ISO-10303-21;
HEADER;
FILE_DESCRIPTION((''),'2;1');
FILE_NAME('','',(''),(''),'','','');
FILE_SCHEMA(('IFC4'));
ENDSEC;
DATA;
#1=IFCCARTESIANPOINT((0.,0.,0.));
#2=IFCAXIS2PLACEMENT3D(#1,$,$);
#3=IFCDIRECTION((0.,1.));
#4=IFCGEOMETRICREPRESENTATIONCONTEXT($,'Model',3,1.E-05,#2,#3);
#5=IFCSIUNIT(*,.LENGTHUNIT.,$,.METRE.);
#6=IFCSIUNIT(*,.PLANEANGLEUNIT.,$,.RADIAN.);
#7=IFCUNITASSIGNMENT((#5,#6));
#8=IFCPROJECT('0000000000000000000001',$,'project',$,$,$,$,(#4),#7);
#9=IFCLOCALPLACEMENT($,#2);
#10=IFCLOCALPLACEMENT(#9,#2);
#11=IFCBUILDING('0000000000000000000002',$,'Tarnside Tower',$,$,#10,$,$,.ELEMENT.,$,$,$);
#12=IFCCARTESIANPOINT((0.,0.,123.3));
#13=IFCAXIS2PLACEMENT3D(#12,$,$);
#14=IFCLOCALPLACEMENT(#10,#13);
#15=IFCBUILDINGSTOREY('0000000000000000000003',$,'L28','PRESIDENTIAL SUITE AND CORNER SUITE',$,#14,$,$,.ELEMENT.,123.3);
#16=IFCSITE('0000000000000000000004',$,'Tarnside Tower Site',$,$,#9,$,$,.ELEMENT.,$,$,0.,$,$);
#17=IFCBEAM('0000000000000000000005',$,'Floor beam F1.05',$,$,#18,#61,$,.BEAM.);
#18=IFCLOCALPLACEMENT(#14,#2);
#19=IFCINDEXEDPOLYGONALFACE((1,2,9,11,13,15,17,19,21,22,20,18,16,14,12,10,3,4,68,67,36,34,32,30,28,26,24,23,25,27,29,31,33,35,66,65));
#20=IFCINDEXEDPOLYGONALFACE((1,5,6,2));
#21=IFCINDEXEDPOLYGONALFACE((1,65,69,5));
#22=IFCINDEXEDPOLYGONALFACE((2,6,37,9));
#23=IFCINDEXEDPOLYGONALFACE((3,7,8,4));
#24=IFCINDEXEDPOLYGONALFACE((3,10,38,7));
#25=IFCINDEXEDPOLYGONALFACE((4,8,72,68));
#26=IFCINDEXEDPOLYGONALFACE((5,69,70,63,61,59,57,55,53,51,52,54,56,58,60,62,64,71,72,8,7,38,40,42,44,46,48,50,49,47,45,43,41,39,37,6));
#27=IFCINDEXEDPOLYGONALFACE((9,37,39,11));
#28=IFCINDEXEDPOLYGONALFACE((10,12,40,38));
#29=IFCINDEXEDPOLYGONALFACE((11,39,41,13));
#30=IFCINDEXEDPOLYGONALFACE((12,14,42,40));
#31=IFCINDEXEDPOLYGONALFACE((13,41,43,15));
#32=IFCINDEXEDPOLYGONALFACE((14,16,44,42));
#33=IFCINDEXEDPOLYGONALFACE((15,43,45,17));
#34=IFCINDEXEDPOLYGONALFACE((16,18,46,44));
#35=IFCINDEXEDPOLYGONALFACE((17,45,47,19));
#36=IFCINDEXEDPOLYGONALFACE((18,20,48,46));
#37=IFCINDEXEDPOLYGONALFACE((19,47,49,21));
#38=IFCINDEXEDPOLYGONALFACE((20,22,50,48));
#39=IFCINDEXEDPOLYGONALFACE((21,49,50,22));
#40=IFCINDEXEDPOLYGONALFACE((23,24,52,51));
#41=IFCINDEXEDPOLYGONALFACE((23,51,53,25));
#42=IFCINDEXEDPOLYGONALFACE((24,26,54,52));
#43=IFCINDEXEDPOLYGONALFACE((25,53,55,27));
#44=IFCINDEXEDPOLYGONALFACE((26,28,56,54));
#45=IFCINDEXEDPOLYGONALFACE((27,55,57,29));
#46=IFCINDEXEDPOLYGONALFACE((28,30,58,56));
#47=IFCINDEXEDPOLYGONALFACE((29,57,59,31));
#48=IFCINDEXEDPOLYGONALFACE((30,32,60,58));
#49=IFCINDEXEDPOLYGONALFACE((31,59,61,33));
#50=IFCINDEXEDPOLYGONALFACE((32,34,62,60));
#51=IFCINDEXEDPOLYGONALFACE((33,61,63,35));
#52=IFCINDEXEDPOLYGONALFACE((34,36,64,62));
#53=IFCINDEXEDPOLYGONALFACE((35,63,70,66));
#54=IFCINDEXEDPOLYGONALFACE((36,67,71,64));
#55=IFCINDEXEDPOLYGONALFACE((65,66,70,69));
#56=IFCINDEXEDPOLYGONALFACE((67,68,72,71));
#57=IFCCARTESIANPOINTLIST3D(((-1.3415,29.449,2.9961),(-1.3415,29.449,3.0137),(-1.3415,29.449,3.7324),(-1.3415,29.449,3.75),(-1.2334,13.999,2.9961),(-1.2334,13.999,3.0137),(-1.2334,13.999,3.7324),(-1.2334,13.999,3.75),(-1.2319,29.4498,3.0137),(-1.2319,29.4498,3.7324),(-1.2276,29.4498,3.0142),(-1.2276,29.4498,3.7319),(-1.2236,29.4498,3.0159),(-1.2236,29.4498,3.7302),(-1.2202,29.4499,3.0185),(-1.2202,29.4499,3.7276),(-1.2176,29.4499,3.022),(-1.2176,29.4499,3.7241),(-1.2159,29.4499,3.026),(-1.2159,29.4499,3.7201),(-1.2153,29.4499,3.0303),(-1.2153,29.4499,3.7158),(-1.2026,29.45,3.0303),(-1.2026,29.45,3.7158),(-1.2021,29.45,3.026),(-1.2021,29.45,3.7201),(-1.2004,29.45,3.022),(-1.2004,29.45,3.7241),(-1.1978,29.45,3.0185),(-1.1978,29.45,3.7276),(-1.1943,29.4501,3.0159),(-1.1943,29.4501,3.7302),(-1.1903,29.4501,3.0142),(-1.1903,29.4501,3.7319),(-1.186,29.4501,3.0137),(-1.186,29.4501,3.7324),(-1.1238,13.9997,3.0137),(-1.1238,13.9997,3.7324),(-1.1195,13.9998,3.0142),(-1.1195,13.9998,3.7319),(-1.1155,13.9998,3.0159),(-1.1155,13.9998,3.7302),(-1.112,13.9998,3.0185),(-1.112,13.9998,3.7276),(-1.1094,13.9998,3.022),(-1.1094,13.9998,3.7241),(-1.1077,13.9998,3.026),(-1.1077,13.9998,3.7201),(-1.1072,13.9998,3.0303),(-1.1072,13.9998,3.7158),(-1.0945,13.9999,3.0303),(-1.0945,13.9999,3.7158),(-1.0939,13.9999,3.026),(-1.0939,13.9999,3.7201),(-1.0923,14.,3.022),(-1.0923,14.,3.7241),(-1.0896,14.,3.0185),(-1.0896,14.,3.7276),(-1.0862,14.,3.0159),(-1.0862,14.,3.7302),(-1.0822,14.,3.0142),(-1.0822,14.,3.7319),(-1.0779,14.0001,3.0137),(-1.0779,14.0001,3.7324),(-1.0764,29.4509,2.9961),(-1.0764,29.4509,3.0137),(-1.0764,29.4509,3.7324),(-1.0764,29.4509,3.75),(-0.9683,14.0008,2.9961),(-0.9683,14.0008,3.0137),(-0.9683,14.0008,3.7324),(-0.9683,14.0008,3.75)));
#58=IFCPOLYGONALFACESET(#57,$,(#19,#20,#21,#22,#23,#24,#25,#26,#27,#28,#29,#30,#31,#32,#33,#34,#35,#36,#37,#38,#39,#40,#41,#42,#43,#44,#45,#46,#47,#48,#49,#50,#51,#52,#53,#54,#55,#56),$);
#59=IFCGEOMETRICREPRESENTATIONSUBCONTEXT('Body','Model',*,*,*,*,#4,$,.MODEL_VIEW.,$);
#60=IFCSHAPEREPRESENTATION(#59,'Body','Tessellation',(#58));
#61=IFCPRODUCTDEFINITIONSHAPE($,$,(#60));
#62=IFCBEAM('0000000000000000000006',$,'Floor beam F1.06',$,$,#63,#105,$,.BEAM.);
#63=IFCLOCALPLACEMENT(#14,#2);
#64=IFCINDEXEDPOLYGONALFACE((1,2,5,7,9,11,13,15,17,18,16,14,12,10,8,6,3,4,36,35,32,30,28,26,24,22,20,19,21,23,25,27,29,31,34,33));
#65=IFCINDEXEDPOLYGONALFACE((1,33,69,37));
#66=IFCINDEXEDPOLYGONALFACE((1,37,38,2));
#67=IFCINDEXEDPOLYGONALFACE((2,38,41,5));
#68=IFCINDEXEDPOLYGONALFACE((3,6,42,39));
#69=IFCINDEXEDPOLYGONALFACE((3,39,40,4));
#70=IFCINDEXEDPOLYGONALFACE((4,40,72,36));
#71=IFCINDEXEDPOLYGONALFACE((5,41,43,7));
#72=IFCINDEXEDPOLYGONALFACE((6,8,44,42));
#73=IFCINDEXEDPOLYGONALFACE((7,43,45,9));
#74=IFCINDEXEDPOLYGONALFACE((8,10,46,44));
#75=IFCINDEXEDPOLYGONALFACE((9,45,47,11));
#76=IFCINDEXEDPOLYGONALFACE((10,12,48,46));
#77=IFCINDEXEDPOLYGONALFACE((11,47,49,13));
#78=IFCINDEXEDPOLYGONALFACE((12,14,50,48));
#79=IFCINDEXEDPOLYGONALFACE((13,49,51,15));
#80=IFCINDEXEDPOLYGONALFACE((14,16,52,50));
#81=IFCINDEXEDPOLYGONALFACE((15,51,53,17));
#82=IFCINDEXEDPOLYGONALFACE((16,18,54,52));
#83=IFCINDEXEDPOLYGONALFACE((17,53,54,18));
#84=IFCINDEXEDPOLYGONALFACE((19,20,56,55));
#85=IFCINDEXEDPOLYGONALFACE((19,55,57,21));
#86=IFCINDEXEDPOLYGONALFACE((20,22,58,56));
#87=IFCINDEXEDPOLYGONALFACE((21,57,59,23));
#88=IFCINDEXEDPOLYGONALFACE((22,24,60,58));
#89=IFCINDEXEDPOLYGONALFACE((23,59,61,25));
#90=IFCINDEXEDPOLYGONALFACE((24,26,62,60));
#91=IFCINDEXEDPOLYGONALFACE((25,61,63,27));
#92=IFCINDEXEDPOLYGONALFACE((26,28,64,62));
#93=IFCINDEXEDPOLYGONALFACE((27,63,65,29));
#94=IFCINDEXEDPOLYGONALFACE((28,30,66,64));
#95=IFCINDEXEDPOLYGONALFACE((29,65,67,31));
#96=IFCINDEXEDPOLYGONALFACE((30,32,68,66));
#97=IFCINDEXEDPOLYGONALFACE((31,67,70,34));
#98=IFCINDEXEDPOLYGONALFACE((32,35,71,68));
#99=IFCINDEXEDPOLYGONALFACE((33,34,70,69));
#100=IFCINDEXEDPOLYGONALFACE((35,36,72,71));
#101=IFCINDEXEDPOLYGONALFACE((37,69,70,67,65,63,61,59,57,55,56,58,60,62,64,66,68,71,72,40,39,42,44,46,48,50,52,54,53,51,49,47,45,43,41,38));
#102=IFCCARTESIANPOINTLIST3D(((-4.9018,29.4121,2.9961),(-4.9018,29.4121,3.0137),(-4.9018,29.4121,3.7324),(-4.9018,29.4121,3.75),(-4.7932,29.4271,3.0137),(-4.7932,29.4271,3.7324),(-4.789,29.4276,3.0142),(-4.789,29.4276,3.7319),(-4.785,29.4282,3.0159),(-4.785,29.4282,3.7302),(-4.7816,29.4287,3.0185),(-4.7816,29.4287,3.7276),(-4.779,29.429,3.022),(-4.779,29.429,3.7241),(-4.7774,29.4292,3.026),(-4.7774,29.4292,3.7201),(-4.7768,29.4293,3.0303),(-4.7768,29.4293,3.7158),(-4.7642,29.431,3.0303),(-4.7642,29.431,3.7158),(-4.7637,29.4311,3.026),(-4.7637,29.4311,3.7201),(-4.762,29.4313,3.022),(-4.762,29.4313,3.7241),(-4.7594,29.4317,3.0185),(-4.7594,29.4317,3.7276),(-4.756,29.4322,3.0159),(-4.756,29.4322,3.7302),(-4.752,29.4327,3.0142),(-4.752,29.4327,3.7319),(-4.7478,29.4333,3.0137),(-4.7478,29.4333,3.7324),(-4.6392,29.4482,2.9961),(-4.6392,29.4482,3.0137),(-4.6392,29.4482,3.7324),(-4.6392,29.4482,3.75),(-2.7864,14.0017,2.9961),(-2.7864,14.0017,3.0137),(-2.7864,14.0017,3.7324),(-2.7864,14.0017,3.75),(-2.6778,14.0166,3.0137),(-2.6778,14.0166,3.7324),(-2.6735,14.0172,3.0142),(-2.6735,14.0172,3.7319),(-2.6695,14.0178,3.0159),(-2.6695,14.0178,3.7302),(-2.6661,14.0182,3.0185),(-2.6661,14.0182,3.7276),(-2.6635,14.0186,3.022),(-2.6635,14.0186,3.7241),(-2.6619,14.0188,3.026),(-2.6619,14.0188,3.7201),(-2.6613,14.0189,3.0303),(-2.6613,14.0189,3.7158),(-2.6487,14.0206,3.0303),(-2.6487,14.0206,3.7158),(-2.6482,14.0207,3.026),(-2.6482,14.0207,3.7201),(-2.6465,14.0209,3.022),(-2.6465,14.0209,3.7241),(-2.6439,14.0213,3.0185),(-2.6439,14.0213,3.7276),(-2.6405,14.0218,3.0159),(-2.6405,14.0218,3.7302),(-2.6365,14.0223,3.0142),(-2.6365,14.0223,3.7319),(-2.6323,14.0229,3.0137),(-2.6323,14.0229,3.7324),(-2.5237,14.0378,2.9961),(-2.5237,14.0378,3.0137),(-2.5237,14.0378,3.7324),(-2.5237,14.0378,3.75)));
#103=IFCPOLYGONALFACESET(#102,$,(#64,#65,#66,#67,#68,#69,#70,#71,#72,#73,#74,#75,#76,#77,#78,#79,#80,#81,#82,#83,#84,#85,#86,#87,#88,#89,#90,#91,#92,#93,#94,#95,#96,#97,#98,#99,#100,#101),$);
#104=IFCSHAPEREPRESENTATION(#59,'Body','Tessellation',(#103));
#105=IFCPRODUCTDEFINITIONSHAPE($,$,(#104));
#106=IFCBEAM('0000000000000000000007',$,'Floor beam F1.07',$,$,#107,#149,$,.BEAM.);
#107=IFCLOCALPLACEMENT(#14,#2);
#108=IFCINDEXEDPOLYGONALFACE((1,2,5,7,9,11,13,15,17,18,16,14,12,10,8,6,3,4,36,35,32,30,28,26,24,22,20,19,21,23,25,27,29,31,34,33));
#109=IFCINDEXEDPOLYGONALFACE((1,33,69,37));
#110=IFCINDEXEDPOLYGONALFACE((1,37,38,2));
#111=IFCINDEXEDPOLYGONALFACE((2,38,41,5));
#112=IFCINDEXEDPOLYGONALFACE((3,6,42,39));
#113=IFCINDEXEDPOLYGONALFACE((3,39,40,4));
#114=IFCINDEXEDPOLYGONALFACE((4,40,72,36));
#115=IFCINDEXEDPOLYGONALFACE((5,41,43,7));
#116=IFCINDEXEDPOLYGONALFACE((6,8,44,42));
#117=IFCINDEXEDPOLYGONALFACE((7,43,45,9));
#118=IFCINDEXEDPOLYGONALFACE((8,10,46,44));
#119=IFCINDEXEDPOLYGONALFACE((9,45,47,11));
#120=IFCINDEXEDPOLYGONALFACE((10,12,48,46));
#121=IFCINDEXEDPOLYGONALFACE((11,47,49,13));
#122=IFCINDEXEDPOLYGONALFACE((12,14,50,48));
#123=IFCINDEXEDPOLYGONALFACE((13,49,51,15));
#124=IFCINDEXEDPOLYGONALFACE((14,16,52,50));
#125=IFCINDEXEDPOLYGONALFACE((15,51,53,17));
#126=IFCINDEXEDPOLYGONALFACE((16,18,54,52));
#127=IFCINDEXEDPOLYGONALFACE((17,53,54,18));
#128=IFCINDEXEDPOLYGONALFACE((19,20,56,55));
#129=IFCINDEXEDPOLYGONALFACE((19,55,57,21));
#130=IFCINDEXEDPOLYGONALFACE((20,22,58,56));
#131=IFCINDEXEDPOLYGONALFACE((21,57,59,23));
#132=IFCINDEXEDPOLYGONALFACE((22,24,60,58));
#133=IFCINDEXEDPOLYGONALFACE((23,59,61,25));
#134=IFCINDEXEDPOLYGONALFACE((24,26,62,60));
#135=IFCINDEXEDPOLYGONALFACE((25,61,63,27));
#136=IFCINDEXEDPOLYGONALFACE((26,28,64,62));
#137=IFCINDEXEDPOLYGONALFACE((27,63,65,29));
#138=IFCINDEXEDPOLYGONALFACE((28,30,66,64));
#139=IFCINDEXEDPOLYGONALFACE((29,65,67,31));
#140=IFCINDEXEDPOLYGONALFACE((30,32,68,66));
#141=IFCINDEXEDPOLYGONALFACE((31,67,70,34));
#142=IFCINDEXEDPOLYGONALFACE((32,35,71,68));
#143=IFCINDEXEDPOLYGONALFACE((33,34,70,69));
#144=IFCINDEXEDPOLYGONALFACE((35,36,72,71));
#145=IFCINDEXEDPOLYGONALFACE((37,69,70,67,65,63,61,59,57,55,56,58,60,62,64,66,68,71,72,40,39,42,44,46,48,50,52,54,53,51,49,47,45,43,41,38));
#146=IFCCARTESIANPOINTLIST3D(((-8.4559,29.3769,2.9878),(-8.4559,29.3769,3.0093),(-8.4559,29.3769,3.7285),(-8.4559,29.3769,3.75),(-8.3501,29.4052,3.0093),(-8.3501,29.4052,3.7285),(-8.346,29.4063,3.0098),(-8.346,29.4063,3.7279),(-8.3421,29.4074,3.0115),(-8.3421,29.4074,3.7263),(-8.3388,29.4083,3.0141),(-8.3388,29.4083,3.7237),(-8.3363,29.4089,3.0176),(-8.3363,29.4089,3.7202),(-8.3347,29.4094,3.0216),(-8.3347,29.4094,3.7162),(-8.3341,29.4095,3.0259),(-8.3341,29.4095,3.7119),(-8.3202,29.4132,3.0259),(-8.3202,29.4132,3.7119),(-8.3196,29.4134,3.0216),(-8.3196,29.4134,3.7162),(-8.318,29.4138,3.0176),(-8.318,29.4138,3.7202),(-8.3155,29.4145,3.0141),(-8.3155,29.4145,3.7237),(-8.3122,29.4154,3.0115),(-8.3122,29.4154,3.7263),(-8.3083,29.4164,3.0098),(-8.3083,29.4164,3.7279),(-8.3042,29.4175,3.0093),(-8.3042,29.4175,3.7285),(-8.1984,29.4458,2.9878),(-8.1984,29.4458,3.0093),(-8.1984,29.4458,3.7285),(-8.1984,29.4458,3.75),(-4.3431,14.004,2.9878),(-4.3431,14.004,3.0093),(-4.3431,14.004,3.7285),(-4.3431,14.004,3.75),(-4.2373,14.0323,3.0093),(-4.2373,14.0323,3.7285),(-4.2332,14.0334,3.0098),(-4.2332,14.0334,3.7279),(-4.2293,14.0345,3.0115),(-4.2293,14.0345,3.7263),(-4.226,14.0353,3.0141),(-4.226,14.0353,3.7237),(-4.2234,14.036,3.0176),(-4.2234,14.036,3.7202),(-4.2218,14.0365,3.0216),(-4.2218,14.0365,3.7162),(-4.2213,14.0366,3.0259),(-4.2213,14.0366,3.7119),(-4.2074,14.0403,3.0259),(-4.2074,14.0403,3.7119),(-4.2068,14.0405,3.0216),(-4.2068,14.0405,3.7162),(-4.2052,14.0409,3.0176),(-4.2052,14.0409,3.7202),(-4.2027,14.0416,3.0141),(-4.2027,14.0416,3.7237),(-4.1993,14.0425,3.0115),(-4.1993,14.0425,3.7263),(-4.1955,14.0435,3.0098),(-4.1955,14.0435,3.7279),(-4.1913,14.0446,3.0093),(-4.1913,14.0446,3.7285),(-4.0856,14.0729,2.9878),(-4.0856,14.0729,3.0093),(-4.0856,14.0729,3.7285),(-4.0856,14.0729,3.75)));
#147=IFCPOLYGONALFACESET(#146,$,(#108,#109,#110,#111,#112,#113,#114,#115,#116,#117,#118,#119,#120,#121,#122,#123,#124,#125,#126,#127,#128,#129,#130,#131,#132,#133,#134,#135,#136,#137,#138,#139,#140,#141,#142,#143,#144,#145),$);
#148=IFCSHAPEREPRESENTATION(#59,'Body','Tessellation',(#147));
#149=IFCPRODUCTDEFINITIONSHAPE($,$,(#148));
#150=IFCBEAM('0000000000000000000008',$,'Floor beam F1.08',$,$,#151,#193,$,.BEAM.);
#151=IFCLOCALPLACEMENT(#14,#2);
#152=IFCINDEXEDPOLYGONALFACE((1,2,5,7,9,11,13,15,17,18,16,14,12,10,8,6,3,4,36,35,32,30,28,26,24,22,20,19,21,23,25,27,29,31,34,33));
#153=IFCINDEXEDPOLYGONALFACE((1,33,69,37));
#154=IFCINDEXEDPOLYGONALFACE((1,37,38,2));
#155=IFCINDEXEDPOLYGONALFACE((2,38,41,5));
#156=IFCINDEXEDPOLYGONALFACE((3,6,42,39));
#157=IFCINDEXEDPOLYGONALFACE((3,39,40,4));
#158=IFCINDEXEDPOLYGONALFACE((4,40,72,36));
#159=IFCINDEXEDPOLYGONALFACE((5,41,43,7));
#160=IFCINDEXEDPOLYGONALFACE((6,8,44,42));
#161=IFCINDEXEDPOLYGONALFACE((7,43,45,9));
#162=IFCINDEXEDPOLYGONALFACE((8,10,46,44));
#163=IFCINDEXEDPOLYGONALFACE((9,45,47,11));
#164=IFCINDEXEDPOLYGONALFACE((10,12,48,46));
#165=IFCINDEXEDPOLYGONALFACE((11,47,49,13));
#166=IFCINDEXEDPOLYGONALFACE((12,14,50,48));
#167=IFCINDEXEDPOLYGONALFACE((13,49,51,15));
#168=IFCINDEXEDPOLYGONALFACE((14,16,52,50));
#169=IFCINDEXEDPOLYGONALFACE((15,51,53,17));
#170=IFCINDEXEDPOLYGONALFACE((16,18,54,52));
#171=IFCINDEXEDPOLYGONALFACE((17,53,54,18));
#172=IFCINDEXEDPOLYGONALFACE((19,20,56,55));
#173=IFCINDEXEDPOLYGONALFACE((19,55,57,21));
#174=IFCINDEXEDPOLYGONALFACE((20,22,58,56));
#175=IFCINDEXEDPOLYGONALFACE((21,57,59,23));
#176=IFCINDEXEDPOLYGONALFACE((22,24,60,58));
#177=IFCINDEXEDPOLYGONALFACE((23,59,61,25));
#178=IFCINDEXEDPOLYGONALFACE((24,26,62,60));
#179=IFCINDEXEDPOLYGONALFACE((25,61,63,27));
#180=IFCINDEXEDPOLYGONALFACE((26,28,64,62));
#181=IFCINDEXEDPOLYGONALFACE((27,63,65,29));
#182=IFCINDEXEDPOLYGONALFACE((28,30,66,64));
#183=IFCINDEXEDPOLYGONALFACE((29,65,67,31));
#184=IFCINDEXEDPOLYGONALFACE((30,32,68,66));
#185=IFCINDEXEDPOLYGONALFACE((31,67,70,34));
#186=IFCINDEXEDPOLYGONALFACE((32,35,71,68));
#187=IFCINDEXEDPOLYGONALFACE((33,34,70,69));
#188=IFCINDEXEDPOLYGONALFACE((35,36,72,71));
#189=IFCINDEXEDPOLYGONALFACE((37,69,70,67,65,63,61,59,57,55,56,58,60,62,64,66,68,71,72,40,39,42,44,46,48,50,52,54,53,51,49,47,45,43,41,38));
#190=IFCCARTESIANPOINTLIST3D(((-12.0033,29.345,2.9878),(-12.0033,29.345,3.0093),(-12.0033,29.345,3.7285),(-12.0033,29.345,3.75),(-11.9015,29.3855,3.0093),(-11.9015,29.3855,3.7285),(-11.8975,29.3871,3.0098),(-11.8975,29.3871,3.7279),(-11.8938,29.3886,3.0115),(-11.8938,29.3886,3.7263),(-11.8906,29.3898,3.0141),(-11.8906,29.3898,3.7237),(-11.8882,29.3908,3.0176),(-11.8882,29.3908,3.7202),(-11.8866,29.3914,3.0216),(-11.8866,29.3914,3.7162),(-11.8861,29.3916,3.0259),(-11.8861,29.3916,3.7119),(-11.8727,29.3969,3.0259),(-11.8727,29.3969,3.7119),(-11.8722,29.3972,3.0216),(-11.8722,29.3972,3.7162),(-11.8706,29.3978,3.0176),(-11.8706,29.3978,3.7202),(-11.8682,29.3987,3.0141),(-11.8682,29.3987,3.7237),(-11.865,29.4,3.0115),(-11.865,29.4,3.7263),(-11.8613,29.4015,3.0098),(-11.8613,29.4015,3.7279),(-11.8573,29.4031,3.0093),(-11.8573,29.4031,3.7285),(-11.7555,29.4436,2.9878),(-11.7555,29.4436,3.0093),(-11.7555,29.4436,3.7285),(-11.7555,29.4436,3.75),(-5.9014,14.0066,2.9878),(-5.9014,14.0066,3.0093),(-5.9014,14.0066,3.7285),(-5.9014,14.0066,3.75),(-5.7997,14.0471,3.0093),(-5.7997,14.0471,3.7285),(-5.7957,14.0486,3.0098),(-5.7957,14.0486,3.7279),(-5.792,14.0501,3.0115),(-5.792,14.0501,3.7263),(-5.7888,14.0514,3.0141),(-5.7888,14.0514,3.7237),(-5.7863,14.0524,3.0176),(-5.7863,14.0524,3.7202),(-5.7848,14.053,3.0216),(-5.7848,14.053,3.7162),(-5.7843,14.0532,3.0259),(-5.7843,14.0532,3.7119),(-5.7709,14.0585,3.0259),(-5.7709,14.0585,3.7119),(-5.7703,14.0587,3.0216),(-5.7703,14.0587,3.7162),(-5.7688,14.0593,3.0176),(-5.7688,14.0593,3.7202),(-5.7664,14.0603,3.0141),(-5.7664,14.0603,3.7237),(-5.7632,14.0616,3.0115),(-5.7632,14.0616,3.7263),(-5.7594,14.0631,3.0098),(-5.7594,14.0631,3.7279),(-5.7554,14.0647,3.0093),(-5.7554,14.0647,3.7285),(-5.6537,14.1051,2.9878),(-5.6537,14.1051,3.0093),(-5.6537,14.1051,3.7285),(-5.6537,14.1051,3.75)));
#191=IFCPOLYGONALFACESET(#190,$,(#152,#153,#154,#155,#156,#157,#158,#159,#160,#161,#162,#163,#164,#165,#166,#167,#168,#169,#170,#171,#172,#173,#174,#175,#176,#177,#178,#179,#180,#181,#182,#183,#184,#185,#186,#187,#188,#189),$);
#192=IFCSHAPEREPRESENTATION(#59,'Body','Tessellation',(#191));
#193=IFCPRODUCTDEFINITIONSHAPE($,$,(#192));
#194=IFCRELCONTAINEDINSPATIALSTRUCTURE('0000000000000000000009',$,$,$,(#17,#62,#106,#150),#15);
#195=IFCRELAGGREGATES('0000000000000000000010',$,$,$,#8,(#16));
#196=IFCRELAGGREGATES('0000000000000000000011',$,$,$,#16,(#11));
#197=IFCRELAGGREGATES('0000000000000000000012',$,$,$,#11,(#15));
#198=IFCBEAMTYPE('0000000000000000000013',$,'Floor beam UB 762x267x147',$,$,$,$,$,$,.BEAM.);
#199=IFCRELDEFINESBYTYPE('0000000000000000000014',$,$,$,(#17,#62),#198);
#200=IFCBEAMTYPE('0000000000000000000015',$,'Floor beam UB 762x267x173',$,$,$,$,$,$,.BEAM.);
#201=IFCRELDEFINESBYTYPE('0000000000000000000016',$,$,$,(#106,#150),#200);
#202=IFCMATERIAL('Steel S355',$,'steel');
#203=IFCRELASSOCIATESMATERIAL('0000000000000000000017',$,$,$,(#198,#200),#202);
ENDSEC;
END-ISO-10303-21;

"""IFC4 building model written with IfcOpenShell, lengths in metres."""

from ifc_helpers import new_model, si_unit, direction, frame, origin, origin_2d, place, context, subcontext, project, spatial, i_section, extrude, material, material_profile, profile_set, type_object, element, save


model = new_model("IFC4")

# Units and contexts
model_context = context("Model", 3, precision=1e-05, world=origin(), true_north=direction((0.0, 1.0)))
body_context = subcontext(model_context, "Body", "Model", "MODEL_VIEW")
ifc_project = project(units=[si_unit("LENGTHUNIT", "METRE"), si_unit("PLANEANGLEUNIT", "RADIAN")], contexts=[model_context])

# Site, building, storey
site_placement = place(None, origin())
site = spatial("IfcSite", under=ifc_project, at=site_placement, Name="Tarnside Tower Site", CompositionType="ELEMENT", RefElevation=0.0)
building_placement = place(site_placement, origin())
building = spatial("IfcBuilding", under=site, at=building_placement, Name="Tarnside Tower", CompositionType="ELEMENT")
storey_placement = place(building_placement, frame((0.0, 0.0, 123.3)))
storey = spatial("IfcBuildingStorey", under=building, at=storey_placement, Name="L28", Description="PRESIDENTIAL SUITE AND CORNER SUITE", CompositionType="ELEMENT", Elevation=123.3)

# Beams
ifc_material_1 = material(Name="Steel S355", Category="steel")
ifc_material_profile_1 = material_profile(ifc_material_1, i_section(OverallWidth=0.2651, OverallDepth=0.7539, WebThickness=0.0127, FlangeThickness=0.0176, FilletRadius=0.0166, at=origin_2d()), Name="UB 762x267x147")
ifc_profile_set_1 = profile_set([ifc_material_profile_1], Name="Steel S355")
beam_type_1 = type_object("IfcBeamType", Name="Floor beam UB 762x267x147", PredefinedType="BEAM", material=ifc_profile_set_1)
beam_1_placement = place(storey_placement, frame((-1.209, 29.45, 3.373), z_axis=(0.007, -0.999975, 0.0), x_axis=(0.999975, 0.007, 0.0)))
element("IfcBeam", 1, at=beam_1_placement, inside=storey, type_object=beam_type_1, Name="Floor beam F1.05", PredefinedType="BEAM", context=body_context, shape_type="SweptSolid", body=[
    extrude(i_section(OverallWidth=0.2651, OverallDepth=0.7539, WebThickness=0.0127, FlangeThickness=0.0176, FilletRadius=0.0166, at=origin_2d()), origin(), (0.0, 0.0, 1.0), 15.4504),
])
beam_2_placement = place(storey_placement, frame((-4.7705, 29.4302, 3.373), z_axis=(0.136001, -0.990709, 0.0), x_axis=(0.990709, 0.136001, 0.0)))
element("IfcBeam", 2, at=beam_2_placement, inside=storey, type_object=beam_type_1, Name="Floor beam F1.06", PredefinedType="BEAM", context=body_context, shape_type="SweptSolid", body=[
    extrude(i_section(OverallWidth=0.2651, OverallDepth=0.7539, WebThickness=0.0127, FlangeThickness=0.0176, FilletRadius=0.0166, at=origin_2d()), origin(), (0.0, 0.0, 1.0), 15.5549),
])
ifc_material_profile_2 = material_profile(ifc_material_1, i_section(OverallWidth=0.2666, OverallDepth=0.7622, WebThickness=0.0144, FlangeThickness=0.0215, FilletRadius=0.0166, at=origin_2d()), Name="UB 762x267x173")
ifc_profile_set_2 = profile_set([ifc_material_profile_2], Name="Steel S355")
beam_type_2 = type_object("IfcBeamType", Name="Floor beam UB 762x267x173", PredefinedType="BEAM", material=ifc_profile_set_2)
beam_3_placement = place(storey_placement, frame((-8.3271, 29.4114, 3.3689), z_axis=(0.258447, -0.966025, 0.0), x_axis=(0.966025, 0.258447, 0.0)))
element("IfcBeam", 3, at=beam_3_placement, inside=storey, type_object=beam_type_2, Name="Floor beam F1.07", PredefinedType="BEAM", context=body_context, shape_type="SweptSolid", body=[
    extrude(i_section(OverallWidth=0.2666, OverallDepth=0.7622, WebThickness=0.0144, FlangeThickness=0.0215, FilletRadius=0.0166, at=origin_2d()), origin(), (0.0, 0.0, 1.0), 15.9136),
])
beam_4_placement = place(storey_placement, frame((-11.8794, 29.3943, 3.3689), z_axis=(0.369638, -0.929176, 0.0), x_axis=(0.929176, 0.369638, 0.0)))
element("IfcBeam", 4, at=beam_4_placement, inside=storey, type_object=beam_type_2, Name="Floor beam F1.08", PredefinedType="BEAM", context=body_context, shape_type="SweptSolid", body=[
    extrude(i_section(OverallWidth=0.2666, OverallDepth=0.7622, WebThickness=0.0144, FlangeThickness=0.0215, FilletRadius=0.0166, at=origin_2d()), origin(), (0.0, 0.0, 1.0), 16.5076),
])

save(model, "model.ifc")
